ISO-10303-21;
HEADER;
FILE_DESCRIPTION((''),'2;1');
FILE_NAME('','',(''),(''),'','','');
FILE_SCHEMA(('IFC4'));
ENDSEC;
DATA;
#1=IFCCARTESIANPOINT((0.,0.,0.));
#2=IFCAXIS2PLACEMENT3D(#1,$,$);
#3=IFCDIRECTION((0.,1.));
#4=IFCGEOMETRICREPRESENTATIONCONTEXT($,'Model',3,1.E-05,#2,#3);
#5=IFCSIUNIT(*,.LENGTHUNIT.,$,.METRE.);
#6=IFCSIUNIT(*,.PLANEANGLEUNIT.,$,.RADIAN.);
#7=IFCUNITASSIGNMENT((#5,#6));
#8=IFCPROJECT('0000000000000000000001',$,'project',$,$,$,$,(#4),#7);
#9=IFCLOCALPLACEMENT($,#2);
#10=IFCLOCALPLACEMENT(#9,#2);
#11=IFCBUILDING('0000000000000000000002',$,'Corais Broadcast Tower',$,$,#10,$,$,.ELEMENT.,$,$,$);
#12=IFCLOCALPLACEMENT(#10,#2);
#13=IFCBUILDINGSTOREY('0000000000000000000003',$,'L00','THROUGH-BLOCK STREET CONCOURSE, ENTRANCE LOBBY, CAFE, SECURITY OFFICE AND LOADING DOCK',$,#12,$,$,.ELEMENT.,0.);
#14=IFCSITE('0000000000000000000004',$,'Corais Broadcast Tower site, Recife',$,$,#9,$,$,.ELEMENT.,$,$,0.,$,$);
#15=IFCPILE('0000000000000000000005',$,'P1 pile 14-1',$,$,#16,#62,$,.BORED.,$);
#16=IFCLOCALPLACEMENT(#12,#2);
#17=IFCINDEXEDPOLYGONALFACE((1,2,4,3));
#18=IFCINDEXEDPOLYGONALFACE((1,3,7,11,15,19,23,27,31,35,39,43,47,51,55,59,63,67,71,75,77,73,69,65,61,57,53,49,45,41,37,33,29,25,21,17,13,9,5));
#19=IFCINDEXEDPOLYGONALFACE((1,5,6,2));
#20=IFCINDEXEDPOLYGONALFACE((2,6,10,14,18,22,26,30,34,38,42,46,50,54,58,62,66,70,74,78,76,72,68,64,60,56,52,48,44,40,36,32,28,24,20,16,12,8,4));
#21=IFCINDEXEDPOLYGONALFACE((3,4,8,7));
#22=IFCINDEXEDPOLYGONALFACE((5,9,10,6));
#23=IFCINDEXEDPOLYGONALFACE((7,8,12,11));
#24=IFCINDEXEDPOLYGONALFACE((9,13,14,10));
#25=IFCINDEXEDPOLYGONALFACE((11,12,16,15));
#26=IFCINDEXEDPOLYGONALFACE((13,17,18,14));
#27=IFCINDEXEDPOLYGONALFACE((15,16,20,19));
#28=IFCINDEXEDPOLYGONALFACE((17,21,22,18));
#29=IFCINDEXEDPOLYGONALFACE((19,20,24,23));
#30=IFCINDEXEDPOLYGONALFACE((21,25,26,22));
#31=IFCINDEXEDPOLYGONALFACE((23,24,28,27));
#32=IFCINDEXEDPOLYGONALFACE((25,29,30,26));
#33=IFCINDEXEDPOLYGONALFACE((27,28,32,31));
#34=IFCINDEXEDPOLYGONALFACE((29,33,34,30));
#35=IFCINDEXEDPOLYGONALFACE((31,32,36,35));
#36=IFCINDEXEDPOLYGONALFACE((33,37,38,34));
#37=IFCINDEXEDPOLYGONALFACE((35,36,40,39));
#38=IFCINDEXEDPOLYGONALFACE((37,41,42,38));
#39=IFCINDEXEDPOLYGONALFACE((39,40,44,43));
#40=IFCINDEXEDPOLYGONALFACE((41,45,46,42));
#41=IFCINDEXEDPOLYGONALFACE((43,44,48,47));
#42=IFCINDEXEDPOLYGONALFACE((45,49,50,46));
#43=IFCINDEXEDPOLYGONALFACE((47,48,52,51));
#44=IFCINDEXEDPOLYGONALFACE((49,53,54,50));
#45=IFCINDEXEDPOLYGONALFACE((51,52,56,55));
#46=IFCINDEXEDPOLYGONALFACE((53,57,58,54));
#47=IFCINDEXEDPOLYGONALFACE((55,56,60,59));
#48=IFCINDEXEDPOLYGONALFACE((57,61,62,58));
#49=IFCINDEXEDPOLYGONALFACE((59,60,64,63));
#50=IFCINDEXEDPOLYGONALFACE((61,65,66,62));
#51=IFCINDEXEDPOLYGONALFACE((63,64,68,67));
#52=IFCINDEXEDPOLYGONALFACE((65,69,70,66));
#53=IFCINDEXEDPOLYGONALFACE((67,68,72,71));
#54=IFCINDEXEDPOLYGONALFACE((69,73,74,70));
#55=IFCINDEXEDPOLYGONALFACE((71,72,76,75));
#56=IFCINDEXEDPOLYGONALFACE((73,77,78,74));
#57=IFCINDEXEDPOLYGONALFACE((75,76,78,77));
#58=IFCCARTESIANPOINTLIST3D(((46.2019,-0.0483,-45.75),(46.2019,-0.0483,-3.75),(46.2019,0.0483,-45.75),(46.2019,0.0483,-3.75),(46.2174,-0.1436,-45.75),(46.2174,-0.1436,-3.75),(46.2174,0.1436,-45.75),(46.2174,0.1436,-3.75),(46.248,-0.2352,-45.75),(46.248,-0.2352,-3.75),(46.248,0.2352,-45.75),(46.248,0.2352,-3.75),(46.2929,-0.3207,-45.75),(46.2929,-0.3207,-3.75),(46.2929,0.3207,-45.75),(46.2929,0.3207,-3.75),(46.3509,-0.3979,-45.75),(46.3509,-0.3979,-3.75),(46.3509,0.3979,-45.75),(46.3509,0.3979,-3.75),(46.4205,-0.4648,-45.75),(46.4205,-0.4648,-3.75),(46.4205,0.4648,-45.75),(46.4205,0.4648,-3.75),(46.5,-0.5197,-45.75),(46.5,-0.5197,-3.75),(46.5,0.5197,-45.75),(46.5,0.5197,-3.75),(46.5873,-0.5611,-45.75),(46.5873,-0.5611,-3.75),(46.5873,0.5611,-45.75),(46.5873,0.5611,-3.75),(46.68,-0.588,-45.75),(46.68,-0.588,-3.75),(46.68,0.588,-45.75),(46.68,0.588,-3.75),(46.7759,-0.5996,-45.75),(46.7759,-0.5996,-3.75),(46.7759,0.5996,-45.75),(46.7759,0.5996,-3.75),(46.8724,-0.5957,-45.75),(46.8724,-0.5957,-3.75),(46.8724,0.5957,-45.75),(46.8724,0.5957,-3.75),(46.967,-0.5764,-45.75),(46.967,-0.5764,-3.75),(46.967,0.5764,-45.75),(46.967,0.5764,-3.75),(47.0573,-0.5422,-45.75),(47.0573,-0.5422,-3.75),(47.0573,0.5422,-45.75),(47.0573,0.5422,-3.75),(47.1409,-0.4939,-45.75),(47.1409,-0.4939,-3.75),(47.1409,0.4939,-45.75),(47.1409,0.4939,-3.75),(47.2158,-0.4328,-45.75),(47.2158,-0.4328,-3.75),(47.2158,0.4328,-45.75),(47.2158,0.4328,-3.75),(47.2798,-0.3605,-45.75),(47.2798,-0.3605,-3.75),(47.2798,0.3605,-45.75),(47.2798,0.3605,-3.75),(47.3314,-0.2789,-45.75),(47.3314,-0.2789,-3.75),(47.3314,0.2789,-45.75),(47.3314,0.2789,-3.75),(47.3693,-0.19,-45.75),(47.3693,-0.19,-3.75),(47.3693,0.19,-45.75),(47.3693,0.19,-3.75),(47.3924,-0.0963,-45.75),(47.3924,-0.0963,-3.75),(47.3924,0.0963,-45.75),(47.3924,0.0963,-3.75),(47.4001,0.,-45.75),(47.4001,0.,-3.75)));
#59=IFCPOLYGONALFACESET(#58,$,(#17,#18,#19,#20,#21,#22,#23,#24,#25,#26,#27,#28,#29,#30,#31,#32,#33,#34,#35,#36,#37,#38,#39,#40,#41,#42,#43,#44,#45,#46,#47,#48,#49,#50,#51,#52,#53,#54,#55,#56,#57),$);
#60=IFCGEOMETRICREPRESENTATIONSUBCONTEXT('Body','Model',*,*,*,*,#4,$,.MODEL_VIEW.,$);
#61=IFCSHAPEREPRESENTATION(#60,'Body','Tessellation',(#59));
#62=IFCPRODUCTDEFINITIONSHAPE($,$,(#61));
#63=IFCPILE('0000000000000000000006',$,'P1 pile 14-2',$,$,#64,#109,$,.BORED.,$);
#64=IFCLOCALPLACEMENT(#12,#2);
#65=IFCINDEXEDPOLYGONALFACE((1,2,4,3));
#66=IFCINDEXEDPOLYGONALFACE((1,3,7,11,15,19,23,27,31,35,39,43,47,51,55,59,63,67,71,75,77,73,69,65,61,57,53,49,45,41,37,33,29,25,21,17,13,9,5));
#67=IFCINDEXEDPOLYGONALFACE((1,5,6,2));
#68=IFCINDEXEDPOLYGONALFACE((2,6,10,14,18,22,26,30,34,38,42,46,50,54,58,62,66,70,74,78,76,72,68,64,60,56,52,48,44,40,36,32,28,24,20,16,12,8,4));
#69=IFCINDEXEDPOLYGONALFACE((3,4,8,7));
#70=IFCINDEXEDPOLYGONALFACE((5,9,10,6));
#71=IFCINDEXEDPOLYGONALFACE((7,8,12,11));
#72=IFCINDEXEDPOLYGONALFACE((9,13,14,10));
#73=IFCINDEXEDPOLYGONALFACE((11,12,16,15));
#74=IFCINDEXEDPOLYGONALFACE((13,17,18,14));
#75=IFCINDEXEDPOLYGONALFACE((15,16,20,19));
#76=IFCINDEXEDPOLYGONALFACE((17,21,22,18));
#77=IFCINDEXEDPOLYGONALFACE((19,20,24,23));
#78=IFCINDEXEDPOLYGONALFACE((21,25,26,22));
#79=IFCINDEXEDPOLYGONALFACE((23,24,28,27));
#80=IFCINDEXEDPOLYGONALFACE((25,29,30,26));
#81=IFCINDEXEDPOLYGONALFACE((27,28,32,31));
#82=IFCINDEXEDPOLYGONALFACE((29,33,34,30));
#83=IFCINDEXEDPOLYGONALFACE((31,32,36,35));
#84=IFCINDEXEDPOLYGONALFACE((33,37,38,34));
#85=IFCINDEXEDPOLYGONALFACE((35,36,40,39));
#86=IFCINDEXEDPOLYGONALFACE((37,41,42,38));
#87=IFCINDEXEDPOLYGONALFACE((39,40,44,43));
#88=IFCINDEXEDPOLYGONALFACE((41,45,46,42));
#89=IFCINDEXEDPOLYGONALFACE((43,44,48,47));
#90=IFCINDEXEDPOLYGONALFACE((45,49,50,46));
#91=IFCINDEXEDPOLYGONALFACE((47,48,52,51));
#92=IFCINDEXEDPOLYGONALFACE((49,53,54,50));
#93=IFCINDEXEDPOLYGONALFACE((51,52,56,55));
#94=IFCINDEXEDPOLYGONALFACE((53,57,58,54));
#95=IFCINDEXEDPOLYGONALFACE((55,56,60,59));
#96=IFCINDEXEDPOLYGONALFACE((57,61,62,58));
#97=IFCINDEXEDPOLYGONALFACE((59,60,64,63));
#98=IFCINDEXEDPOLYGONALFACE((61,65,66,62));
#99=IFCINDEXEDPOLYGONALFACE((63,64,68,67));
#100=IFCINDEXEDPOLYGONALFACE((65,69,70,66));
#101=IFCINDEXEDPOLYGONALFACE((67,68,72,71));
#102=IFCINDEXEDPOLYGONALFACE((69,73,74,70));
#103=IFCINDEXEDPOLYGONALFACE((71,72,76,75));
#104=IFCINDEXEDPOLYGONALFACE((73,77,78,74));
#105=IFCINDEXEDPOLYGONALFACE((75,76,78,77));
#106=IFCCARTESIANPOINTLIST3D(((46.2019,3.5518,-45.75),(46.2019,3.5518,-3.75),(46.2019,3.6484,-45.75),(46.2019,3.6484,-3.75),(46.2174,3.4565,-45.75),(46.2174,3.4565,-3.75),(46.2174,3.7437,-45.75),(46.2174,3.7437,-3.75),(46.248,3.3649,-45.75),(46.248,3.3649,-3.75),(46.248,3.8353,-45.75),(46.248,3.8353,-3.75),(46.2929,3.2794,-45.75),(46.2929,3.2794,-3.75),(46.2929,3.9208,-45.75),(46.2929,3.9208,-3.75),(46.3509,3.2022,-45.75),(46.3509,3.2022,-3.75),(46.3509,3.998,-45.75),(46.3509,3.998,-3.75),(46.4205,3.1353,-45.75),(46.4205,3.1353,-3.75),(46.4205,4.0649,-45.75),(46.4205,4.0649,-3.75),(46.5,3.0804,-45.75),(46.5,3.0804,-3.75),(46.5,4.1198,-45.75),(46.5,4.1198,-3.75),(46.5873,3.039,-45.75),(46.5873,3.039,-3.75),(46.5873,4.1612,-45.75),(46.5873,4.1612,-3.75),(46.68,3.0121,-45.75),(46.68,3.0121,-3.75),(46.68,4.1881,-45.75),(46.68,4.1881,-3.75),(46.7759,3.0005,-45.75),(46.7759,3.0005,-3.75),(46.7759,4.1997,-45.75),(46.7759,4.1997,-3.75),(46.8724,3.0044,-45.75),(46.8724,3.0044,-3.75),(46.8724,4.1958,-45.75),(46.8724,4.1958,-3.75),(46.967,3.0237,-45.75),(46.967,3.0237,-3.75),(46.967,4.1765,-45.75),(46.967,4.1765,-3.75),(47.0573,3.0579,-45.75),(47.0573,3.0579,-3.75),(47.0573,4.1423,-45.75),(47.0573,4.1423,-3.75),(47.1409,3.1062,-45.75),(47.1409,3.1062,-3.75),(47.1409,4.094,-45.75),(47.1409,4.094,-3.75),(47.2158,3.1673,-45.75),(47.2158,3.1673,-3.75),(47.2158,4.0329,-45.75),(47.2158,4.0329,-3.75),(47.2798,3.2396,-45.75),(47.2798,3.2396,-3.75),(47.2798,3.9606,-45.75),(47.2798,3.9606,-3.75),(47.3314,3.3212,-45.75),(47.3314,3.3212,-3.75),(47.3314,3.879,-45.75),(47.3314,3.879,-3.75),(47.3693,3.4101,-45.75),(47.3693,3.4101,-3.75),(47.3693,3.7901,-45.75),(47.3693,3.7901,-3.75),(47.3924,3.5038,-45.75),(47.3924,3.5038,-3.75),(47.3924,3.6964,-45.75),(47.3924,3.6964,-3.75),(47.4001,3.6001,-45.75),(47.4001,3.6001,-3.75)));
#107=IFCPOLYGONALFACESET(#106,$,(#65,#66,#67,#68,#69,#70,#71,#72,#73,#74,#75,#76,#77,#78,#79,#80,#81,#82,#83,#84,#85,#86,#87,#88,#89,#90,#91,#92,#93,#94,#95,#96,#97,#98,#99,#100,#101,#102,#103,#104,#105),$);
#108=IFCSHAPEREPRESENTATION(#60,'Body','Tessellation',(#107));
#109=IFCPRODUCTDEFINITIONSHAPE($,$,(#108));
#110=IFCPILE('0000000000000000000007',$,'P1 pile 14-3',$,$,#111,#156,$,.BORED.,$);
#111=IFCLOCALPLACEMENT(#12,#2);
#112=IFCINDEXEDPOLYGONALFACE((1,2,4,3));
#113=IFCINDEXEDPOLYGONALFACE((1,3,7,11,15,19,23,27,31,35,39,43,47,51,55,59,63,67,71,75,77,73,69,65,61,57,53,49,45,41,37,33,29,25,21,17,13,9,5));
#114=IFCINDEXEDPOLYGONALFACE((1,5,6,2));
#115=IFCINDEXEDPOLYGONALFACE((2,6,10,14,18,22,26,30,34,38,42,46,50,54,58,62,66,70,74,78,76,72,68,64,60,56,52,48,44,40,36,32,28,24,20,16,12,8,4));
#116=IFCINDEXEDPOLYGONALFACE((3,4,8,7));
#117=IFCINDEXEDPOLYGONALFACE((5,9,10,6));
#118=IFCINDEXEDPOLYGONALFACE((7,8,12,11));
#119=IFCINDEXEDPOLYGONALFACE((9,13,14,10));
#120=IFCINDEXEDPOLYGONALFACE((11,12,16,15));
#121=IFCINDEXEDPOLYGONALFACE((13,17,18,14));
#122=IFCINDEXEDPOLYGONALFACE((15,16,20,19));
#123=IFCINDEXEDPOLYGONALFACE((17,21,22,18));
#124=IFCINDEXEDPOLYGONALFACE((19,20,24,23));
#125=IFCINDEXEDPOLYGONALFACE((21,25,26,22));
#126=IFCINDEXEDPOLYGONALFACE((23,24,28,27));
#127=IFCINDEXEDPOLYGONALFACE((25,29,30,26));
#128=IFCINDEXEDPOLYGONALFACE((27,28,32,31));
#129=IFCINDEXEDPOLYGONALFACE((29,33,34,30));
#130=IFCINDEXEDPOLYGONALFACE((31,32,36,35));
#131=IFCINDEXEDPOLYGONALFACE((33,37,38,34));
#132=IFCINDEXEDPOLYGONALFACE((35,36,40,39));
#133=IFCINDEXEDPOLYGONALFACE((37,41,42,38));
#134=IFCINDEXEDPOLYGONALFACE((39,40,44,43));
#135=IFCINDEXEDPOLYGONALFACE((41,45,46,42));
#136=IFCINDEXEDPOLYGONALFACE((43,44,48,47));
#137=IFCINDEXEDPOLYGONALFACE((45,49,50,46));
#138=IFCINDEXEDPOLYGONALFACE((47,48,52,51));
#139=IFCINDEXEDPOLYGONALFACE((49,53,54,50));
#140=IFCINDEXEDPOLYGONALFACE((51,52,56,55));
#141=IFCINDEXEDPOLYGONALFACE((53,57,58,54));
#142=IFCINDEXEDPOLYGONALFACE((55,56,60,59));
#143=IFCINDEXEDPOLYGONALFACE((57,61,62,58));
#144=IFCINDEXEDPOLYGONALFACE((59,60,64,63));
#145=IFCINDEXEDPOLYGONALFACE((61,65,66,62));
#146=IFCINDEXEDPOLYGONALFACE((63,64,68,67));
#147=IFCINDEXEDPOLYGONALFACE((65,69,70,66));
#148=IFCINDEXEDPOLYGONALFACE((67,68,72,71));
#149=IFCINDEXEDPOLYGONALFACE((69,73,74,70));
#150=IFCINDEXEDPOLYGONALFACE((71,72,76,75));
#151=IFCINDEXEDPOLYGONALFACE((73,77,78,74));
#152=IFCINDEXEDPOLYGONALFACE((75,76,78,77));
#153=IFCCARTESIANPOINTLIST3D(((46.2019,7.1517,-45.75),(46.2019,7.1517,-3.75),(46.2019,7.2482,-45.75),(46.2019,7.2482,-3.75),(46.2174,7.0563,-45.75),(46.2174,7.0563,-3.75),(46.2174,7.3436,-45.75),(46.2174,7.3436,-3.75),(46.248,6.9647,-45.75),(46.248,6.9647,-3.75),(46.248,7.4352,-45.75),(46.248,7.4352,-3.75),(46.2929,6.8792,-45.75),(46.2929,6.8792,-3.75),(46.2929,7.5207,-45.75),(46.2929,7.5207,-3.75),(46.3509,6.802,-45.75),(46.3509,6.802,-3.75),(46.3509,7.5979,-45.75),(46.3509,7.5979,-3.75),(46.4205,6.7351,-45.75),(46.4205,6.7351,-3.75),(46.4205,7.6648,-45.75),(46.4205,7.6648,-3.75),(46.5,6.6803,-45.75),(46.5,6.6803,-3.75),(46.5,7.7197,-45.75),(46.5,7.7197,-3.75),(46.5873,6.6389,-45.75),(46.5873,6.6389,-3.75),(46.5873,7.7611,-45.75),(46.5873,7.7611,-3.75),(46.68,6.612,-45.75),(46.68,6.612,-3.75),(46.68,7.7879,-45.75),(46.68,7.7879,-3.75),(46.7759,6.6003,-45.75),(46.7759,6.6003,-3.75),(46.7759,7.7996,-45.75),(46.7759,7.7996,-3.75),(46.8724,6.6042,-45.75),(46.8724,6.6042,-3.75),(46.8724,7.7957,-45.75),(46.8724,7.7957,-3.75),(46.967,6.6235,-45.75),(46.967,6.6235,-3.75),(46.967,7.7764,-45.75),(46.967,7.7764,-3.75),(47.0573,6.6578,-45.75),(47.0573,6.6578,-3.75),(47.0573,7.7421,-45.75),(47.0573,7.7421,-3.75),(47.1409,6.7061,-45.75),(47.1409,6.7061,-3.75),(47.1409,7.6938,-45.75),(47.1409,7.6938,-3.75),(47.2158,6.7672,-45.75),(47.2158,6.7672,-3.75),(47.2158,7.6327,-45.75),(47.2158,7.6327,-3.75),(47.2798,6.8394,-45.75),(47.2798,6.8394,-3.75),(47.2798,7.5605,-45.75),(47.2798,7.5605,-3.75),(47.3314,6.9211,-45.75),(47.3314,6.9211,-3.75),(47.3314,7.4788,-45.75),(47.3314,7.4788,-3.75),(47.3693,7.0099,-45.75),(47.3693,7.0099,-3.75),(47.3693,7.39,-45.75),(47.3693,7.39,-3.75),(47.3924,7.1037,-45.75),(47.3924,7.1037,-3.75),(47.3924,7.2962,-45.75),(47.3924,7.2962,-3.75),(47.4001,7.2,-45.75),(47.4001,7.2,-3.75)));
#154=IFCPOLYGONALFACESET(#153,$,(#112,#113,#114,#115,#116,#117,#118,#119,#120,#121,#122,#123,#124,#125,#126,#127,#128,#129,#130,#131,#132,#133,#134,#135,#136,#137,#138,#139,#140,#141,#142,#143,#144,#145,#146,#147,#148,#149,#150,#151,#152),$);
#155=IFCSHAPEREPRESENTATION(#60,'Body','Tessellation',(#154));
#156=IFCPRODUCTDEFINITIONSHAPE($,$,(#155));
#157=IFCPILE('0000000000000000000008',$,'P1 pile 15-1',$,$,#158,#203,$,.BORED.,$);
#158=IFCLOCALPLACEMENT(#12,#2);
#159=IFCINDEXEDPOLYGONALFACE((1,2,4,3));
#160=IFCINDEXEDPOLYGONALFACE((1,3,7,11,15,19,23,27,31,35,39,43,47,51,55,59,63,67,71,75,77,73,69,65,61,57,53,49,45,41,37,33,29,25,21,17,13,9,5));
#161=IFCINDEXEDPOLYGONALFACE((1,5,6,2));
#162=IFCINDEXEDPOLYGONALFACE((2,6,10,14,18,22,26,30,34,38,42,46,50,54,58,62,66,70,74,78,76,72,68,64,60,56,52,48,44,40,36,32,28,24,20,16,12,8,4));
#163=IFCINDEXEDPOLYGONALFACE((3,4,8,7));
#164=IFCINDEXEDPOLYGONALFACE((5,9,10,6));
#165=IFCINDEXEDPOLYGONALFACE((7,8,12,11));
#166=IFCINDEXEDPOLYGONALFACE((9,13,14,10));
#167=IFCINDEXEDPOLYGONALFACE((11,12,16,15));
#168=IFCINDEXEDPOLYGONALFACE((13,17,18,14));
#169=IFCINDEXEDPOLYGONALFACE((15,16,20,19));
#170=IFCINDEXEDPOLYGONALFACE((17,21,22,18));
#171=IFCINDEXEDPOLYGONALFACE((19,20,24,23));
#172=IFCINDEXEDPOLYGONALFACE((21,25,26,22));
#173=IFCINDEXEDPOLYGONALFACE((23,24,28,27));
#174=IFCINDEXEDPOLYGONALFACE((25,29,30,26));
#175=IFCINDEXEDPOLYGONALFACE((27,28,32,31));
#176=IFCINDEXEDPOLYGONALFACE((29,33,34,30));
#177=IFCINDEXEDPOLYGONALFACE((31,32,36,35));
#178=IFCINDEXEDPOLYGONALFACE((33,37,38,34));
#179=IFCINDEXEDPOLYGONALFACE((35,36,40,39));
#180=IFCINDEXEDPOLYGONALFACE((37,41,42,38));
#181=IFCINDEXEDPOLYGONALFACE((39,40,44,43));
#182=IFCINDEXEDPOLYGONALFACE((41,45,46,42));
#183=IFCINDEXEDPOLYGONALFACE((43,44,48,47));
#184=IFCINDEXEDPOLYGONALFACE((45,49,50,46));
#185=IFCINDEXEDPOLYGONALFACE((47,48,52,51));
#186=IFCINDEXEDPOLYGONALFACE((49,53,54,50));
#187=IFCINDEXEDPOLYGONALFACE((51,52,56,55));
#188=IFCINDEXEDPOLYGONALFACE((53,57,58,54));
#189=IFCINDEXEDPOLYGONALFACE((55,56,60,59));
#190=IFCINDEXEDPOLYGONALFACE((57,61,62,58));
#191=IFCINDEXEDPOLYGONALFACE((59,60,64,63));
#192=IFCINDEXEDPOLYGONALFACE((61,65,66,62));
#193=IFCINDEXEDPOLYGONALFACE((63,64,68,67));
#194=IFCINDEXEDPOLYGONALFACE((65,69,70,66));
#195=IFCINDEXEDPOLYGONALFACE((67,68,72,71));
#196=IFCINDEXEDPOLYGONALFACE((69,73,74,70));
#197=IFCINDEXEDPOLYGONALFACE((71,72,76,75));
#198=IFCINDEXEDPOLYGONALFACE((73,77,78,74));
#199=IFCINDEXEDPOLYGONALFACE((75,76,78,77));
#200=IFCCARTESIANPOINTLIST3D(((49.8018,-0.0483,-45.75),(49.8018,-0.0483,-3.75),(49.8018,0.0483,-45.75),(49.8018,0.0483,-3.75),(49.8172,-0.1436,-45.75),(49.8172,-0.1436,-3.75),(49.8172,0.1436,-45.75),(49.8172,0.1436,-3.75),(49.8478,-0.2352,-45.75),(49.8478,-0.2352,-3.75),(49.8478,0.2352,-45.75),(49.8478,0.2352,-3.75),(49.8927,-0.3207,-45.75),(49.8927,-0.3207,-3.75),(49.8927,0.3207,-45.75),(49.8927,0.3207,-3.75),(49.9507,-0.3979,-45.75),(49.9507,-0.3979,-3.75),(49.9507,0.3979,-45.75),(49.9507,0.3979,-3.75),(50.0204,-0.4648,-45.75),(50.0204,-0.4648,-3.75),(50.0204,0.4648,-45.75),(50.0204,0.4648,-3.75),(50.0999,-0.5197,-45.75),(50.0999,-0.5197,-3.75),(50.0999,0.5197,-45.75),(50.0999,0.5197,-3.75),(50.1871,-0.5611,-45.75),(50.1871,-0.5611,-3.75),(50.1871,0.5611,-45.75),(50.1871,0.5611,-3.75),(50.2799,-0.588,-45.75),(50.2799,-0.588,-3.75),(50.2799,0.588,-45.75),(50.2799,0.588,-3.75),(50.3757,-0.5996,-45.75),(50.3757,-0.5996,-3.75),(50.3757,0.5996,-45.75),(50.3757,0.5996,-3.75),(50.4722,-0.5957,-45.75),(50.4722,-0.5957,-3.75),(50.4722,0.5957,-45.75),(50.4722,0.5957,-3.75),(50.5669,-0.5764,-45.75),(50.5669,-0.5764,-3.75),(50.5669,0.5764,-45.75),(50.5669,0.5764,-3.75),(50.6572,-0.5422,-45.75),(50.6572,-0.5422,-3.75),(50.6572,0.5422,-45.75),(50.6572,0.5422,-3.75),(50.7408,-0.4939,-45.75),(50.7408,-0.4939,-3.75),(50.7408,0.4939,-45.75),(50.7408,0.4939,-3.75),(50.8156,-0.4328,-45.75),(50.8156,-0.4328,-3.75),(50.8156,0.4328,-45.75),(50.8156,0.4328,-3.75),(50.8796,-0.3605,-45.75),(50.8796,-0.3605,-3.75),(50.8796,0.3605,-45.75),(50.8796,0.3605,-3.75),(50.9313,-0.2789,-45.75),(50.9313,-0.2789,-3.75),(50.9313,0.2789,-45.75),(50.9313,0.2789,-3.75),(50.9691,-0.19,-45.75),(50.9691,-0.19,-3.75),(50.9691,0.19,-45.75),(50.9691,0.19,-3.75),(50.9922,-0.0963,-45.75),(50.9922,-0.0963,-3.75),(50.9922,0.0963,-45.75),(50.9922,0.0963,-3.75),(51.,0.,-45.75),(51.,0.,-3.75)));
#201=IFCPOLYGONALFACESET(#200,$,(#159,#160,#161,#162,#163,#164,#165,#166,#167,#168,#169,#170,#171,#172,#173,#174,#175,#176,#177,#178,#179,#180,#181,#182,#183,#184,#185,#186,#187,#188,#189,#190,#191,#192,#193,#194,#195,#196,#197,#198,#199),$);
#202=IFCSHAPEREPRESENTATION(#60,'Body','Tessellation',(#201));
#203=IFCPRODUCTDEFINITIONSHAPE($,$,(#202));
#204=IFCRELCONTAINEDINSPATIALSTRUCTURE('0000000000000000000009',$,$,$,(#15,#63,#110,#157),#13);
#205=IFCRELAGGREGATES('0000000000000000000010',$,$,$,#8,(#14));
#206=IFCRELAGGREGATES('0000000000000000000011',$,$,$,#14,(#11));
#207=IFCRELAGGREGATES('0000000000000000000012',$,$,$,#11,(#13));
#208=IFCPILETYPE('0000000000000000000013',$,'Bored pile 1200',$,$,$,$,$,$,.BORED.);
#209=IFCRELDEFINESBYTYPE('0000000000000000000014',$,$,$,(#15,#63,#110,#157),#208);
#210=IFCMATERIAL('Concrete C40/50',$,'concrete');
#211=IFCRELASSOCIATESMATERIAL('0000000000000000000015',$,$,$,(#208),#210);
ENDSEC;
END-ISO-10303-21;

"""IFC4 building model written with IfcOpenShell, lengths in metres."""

from ifc_helpers import new_model, si_unit, direction, frame, origin, origin_2d, place, context, subcontext, project, spatial, circle, extrude, material, type_object, element, save


model = new_model("IFC4")

# Units and contexts
model_context = context("Model", 3, precision=1e-05, world=origin(), true_north=direction((0.0, 1.0)))
body_context = subcontext(model_context, "Body", "Model", "MODEL_VIEW")
ifc_project = project(units=[si_unit("LENGTHUNIT", "METRE"), si_unit("PLANEANGLEUNIT", "RADIAN")], contexts=[model_context])

# Site, building, storey
site_placement = place(None, origin())
site = spatial("IfcSite", under=ifc_project, at=site_placement, Name="Corais Broadcast Tower site, Recife", CompositionType="ELEMENT", RefElevation=0.0)
building_placement = place(site_placement, origin())
building = spatial("IfcBuilding", under=site, at=building_placement, Name="Corais Broadcast Tower", CompositionType="ELEMENT")
storey_placement = place(building_placement, origin())
storey = spatial("IfcBuildingStorey", under=building, at=storey_placement, Name="L00", Description="THROUGH-BLOCK STREET CONCOURSE, ENTRANCE LOBBY, CAFE, SECURITY OFFICE AND LOADING DOCK", CompositionType="ELEMENT", Elevation=0.0)

# Piles
ifc_material_1 = material(Name="Concrete C40/50", Category="concrete")
pile_type = type_object("IfcPileType", Name="Bored pile 1200", PredefinedType="BORED", material=ifc_material_1)
for number, where, z_axis, x_axis, name in (
    (1, (46.8, 0.0, -3.75), (0.0, 0.0, -1.0), (1.0, 0.0, 0.0), "P1 pile 14-1"),
    (2, (46.8, 3.6001, -3.75), (0.0, 0.0, -1.0), (1.0, 0.0, 0.0), "P1 pile 14-2"),
    (3, (46.8, 7.2, -3.75), (0.0, 0.0, -1.0), (1.0, 0.0, 0.0), "P1 pile 14-3"),
    (4, (50.3999, 0.0, -3.75), (0.0, 0.0, -1.0), (1.0, 0.0, 0.0), "P1 pile 15-1"),
):
    element("IfcPile", number, at=place(storey_placement, frame(where, z_axis=z_axis, x_axis=x_axis)), inside=storey, type_object=pile_type, Name=name, PredefinedType="BORED", context=body_context, shape_type="SweptSolid", body=[
        extrude(circle(Radius=0.6001, at=origin_2d()), origin(), (0.0, 0.0, 1.0), 42.0),
    ])

save(model, "model.ifc")
